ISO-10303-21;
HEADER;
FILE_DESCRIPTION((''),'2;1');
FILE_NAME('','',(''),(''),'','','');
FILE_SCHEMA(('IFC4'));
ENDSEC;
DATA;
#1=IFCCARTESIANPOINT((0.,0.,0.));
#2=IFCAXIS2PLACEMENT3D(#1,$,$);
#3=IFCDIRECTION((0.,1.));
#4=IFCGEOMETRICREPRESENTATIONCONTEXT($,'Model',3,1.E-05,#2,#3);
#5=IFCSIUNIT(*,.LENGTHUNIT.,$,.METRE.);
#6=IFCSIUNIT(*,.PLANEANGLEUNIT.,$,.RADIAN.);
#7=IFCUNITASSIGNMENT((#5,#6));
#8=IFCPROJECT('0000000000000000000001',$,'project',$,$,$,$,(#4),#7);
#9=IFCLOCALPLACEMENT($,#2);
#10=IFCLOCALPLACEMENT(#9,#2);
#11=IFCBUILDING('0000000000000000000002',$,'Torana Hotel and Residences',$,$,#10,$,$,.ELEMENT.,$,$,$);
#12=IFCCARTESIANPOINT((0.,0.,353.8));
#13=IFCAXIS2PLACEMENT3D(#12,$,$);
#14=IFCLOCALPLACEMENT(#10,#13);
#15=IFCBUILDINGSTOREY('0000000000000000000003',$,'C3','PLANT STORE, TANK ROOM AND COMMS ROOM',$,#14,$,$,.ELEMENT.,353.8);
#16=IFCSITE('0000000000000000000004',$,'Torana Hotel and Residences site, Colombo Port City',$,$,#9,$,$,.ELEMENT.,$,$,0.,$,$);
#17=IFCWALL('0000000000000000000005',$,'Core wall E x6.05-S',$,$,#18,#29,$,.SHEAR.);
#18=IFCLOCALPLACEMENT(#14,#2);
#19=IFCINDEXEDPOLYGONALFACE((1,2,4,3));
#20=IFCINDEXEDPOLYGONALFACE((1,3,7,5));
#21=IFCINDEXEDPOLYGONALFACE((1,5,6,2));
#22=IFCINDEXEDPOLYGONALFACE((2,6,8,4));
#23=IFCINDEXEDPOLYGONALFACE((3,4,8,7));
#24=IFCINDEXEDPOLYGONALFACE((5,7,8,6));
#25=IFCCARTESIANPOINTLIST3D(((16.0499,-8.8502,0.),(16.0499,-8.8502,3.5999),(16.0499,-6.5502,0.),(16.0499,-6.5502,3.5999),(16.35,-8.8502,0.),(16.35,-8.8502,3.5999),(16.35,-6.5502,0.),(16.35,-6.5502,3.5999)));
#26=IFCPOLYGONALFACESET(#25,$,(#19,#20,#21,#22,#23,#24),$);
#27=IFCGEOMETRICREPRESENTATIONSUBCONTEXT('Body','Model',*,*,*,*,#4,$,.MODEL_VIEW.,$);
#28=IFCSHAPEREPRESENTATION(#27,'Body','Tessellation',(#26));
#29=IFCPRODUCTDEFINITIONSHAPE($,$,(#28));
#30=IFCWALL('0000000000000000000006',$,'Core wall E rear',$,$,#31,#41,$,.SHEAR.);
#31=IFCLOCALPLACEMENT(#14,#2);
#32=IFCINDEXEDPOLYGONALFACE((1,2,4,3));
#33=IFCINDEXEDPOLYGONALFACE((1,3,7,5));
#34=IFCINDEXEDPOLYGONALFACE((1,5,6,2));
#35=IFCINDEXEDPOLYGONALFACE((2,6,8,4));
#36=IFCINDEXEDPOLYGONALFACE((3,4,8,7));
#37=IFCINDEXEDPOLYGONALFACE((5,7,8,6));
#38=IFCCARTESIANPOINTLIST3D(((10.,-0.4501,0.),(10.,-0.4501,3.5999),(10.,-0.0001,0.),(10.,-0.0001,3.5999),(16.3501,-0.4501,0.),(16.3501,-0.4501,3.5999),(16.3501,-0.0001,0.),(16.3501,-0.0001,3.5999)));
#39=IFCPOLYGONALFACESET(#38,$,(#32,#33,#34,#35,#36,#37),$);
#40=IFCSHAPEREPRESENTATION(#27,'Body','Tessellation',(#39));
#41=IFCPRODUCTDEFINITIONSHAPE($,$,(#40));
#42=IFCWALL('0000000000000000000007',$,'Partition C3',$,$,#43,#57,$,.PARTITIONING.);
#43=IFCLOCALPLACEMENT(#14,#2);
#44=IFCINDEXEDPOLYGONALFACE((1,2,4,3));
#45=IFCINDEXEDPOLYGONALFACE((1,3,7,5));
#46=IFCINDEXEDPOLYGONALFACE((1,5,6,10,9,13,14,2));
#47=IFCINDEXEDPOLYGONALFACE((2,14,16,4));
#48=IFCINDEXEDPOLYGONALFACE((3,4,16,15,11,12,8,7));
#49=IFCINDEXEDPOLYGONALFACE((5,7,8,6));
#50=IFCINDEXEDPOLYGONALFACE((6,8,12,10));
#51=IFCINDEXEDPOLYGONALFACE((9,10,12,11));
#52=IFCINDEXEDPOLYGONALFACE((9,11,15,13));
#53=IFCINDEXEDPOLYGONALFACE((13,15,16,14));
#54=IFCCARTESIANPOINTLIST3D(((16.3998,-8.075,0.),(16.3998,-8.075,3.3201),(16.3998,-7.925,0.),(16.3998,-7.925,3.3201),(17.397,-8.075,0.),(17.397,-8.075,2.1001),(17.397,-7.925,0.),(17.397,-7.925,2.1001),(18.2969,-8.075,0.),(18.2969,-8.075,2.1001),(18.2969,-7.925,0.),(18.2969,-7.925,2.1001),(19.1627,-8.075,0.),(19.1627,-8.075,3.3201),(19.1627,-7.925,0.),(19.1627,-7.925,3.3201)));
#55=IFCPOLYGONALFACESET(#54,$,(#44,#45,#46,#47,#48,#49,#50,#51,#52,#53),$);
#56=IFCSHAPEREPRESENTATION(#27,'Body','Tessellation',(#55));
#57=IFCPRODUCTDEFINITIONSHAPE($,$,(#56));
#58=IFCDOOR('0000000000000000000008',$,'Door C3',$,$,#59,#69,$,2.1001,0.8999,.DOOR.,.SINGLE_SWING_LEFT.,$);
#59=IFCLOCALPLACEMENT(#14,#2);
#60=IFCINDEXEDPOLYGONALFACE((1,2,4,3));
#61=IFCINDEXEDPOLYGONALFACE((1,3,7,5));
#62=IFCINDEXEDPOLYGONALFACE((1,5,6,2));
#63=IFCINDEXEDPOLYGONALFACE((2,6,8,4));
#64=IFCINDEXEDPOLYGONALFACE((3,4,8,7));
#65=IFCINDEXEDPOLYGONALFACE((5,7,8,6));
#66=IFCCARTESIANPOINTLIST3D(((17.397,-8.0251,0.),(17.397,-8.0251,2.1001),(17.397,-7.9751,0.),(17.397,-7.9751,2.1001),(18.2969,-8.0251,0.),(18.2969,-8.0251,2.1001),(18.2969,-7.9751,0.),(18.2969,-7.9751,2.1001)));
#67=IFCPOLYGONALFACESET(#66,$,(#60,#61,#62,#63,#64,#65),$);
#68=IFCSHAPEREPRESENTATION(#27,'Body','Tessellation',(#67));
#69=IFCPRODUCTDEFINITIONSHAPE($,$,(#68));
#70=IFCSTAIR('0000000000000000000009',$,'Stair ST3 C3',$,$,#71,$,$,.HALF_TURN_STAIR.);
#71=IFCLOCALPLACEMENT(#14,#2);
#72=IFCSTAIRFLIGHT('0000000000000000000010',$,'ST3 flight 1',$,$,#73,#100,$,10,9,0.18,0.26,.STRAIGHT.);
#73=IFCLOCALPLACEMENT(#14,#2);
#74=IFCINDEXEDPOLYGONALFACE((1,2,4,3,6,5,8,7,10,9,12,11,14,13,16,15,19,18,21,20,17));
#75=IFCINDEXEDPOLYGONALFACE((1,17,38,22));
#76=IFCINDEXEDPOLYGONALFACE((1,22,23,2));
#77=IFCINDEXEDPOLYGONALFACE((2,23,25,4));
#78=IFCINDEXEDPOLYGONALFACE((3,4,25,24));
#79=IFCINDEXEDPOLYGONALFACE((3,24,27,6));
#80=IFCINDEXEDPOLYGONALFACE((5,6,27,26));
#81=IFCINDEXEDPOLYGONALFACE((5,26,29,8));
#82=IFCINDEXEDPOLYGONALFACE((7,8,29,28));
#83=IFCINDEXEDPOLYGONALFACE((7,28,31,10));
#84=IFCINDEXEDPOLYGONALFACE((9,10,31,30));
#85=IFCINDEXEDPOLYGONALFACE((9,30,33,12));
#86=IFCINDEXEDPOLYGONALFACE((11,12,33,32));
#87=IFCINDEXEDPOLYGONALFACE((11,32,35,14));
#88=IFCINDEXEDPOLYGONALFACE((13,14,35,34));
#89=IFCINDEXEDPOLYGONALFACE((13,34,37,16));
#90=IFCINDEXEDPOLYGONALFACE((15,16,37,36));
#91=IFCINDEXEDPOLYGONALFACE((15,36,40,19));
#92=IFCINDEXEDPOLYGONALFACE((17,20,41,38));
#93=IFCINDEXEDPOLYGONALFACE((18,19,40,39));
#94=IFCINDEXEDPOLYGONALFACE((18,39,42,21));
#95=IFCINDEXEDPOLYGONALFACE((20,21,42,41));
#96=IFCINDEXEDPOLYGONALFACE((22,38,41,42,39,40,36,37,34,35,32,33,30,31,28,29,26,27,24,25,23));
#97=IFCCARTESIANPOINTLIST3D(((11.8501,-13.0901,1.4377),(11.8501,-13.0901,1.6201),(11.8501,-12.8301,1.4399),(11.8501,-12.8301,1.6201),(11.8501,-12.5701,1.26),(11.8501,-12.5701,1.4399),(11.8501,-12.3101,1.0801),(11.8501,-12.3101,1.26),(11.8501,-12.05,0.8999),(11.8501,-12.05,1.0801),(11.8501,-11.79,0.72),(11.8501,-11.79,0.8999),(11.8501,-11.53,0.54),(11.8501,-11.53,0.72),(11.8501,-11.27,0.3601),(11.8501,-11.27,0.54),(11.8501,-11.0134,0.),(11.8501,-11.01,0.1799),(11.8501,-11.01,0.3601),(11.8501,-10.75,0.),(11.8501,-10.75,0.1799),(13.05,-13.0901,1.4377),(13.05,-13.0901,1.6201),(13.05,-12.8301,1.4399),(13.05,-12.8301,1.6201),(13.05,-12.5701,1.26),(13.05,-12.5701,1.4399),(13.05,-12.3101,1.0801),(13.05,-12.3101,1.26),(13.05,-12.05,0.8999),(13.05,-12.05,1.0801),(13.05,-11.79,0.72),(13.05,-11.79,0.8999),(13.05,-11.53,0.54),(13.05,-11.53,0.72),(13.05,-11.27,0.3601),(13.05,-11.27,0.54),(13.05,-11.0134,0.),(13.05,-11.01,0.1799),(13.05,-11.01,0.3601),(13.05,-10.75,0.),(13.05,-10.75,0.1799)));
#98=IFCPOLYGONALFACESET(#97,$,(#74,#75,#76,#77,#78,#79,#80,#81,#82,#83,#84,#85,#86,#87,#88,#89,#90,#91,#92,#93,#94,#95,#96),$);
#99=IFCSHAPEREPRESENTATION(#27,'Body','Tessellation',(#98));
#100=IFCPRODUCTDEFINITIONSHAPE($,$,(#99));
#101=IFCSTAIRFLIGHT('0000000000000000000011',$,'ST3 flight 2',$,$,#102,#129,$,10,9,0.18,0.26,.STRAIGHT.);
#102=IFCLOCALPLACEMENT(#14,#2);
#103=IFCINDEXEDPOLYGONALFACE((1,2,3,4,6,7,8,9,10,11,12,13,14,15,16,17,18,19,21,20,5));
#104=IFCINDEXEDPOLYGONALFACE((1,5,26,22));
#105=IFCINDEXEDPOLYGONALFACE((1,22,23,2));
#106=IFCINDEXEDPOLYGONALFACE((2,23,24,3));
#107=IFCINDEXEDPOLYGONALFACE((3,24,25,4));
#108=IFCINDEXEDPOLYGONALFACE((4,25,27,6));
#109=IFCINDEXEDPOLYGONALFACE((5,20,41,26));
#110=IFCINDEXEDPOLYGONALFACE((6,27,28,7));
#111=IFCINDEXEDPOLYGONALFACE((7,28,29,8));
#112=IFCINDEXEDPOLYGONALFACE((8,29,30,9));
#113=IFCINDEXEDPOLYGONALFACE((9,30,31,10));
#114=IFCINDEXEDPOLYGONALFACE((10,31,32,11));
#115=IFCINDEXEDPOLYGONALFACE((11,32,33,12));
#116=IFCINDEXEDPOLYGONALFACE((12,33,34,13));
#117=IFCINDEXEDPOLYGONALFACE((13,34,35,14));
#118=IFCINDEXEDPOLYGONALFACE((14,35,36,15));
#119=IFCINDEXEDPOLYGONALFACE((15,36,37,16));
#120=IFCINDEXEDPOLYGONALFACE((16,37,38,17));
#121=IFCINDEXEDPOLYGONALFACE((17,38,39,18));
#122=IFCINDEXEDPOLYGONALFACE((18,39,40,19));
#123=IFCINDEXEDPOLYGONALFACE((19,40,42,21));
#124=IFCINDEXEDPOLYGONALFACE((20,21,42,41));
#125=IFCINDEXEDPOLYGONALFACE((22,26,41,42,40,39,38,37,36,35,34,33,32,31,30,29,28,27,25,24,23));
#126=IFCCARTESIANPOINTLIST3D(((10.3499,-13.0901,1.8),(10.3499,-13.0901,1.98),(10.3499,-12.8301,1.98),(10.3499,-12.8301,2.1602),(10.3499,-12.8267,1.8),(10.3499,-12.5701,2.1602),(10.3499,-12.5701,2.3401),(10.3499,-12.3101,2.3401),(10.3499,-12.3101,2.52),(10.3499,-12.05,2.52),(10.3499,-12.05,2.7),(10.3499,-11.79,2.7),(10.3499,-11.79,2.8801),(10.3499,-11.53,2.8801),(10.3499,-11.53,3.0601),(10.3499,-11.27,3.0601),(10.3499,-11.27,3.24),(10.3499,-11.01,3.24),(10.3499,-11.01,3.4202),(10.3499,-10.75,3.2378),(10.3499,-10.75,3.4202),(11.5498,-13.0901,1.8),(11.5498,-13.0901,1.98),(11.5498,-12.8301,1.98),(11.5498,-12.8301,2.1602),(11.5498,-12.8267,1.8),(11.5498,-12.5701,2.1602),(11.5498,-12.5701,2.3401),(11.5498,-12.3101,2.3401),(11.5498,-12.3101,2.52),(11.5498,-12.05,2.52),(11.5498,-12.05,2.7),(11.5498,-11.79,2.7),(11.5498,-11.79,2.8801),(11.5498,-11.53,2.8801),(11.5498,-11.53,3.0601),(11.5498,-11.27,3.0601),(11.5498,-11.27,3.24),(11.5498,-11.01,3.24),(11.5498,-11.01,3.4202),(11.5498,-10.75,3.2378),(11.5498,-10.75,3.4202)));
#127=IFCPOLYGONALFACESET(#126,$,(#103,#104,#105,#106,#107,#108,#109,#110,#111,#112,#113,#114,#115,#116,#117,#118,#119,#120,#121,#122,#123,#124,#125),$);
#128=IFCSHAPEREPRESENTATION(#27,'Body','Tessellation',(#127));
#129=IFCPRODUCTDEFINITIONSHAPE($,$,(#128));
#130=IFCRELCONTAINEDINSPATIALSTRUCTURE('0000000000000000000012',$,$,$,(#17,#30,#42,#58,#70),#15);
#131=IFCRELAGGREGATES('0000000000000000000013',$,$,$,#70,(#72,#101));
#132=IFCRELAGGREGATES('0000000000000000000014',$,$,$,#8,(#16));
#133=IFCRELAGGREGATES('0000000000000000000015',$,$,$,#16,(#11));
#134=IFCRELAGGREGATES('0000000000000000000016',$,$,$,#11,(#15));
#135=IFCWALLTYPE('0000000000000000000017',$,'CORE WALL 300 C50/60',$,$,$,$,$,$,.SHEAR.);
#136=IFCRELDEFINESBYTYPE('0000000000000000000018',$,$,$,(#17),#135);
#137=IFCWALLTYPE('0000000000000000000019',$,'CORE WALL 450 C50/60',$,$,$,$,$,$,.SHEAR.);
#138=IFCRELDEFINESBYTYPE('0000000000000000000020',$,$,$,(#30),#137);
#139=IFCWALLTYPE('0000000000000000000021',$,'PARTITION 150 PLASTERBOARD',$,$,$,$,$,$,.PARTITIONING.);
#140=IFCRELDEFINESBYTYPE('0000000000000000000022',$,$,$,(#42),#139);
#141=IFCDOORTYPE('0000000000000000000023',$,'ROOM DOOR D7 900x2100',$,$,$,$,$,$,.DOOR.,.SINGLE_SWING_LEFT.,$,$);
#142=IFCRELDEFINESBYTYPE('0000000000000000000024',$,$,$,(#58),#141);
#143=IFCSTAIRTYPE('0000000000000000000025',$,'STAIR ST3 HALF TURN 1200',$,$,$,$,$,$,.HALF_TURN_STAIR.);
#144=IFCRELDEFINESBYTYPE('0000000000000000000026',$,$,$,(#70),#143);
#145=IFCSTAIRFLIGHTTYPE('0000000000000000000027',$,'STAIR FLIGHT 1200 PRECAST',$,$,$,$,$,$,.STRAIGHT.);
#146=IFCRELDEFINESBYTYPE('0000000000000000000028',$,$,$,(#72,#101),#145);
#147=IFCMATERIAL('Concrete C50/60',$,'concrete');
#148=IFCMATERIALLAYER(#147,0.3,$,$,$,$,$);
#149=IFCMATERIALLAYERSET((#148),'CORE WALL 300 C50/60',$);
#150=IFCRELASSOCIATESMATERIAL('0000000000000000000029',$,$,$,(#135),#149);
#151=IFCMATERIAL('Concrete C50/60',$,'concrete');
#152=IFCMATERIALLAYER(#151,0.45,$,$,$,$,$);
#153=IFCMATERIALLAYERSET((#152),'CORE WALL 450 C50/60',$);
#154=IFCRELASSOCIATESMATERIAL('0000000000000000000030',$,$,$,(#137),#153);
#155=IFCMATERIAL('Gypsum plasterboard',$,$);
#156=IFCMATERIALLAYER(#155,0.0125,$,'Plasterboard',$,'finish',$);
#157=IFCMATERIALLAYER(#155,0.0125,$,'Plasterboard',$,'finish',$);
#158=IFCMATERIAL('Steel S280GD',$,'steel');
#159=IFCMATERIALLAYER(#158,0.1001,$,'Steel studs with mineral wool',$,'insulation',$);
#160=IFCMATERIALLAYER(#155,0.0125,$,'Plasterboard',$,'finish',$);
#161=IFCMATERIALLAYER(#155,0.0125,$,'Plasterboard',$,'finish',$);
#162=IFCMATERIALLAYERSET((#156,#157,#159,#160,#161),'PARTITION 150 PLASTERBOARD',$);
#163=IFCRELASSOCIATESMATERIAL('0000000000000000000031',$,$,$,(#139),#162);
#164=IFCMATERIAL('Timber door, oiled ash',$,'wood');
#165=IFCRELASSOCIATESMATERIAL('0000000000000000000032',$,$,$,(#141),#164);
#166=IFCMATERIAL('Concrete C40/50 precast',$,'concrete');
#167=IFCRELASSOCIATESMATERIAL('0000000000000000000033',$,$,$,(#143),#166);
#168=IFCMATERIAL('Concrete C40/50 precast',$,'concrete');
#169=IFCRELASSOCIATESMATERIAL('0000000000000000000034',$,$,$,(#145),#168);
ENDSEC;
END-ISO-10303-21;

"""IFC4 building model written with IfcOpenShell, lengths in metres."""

from ifc_helpers import new_model, si_unit, direction, frame, frame_2d, origin, place, context, subcontext, project, spatial, polyline, rectangle, outline, extrude, material, layer, layer_set, type_object, element, fill, aggregate, save


model = new_model("IFC4")

# Units and contexts
model_context = context("Model", 3, precision=1e-05, world=origin(), true_north=direction((0.0, 1.0)))
body_context = subcontext(model_context, "Body", "Model", "MODEL_VIEW")
ifc_project = project(units=[si_unit("LENGTHUNIT", "METRE"), si_unit("PLANEANGLEUNIT", "RADIAN")], contexts=[model_context])

# Site, building, storey
site_placement = place(None, origin())
site = spatial("IfcSite", under=ifc_project, at=site_placement, Name="Torana Hotel and Residences site, Colombo Port City", CompositionType="ELEMENT", RefElevation=0.0)
building_placement = place(site_placement, origin())
building = spatial("IfcBuilding", under=site, at=building_placement, Name="Torana Hotel and Residences", CompositionType="ELEMENT")
storey_placement = place(building_placement, frame((0.0, 0.0, 353.8)))
storey = spatial("IfcBuildingStorey", under=building, at=storey_placement, Name="C3", Description="PLANT STORE, TANK ROOM AND COMMS ROOM", CompositionType="ELEMENT", Elevation=353.8)

# Shared definitions
ifc_material_1 = material(Name="Concrete C50/60", Category="concrete")
ifc_layer_1 = layer(ifc_material_1, 0.3)
ifc_layer_set_1 = layer_set([ifc_layer_1], Name="CORE WALL 300 C50/60")
wall_type_1 = type_object("IfcWallType", Name="CORE WALL 300 C50/60", PredefinedType="SHEAR", material=ifc_layer_set_1)

# Walls
for number, where, z_axis, x_axis, name in (
    (1, (16.2, -8.8501, 0.0), (0.0, 0.0, 1.0), (0.0, 1.0, 0.0), "Core wall E x6.05-S"),
):
    element("IfcWall", number, at=place(storey_placement, frame(where, z_axis=z_axis, x_axis=x_axis)), inside=storey, type_object=wall_type_1, Name=name, PredefinedType="SHEAR", context=body_context, shape_type="SweptSolid", body=[
        extrude(rectangle(XDim=2.3, YDim=0.3, at=frame_2d((1.1499, 0.0))), origin(), (0.0, 0.0, 1.0), 3.5999),
    ])
ifc_material_2 = material(Name="Concrete C50/60", Category="concrete")
ifc_layer_2 = layer(ifc_material_2, 0.45)
ifc_layer_set_2 = layer_set([ifc_layer_2], Name="CORE WALL 450 C50/60")
wall_type_2 = type_object("IfcWallType", Name="CORE WALL 450 C50/60", PredefinedType="SHEAR", material=ifc_layer_set_2)
wall_1_placement = place(storey_placement, frame((10.0, -0.2251, 0.0), z_axis=(0.0, 0.0, 1.0), x_axis=(1.0, 0.0, 0.0)))
element("IfcWall", 2, at=wall_1_placement, inside=storey, type_object=wall_type_2, Name="Core wall E rear", PredefinedType="SHEAR", context=body_context, shape_type="SweptSolid", body=[
    extrude(rectangle(XDim=6.3501, YDim=0.45, at=frame_2d((3.175, 0.0))), origin(), (0.0, 0.0, 1.0), 3.5999),
])

# Wall, opening, door
ifc_material_3 = material(Name="Gypsum plasterboard")
ifc_layer_3 = layer(ifc_material_3, 0.0125, Name="Plasterboard", Category="finish")
ifc_layer_4 = layer(ifc_material_3, 0.0125, Name="Plasterboard", Category="finish")
ifc_material_4 = material(Name="Steel S280GD", Category="steel")
ifc_layer_5 = layer(ifc_material_4, 0.1001, Name="Steel studs with mineral wool", Category="insulation")
ifc_layer_6 = layer(ifc_material_3, 0.0125, Name="Plasterboard", Category="finish")
ifc_layer_7 = layer(ifc_material_3, 0.0125, Name="Plasterboard", Category="finish")
ifc_layer_set_3 = layer_set([ifc_layer_3, ifc_layer_4, ifc_layer_5, ifc_layer_6, ifc_layer_7], Name="PARTITION 150 PLASTERBOARD")
wall_type_3 = type_object("IfcWallType", Name="PARTITION 150 PLASTERBOARD", PredefinedType="PARTITIONING", material=ifc_layer_set_3)
wall_2_placement = place(storey_placement, frame((16.3999, -8.0, 0.0), z_axis=(0.0, 0.0, 1.0), x_axis=(1.0, 0.0, 0.0)))
wall_2 = element("IfcWall", 3, at=wall_2_placement, inside=storey, type_object=wall_type_3, Name="Partition C3", PredefinedType="PARTITIONING", context=body_context, shape_type="SweptSolid", body=[
    extrude(rectangle(XDim=2.7629, YDim=0.1499, at=frame_2d((1.3813, 0.0))), origin(), (0.0, 0.0, 1.0), 3.3201),
])
opening_1_placement = place(wall_2_placement, frame((0.9971, 0.0, 0.0)))
opening_1 = element("IfcOpeningElement", 4, at=opening_1_placement, cuts=wall_2, PredefinedType="OPENING", context=body_context, shape_type="SweptSolid", body=[
    extrude(rectangle(XDim=0.8999, YDim=2.1001, at=frame_2d((0.45, 1.05))), frame((0.0, 0.085, 0.0), z_axis=(0.0, -1.0, 0.0), x_axis=(1.0, 0.0, 0.0)), (0.0, 0.0, 1.0), 0.1699),
])
ifc_material_5 = material(Name="Timber door, oiled ash", Category="wood")
door_type_1 = type_object("IfcDoorType", Name="ROOM DOOR D7 900x2100", OperationType="SINGLE_SWING_LEFT", PredefinedType="DOOR", material=ifc_material_5)
door_1_placement = place(opening_1_placement, origin())
door_1 = element("IfcDoor", 5, at=door_1_placement, inside=storey, type_object=door_type_1, Name="Door C3", OperationType="SINGLE_SWING_LEFT", OverallHeight=2.1001, OverallWidth=0.8999, PredefinedType="DOOR", context=body_context, shape_type="SweptSolid", body=[
    extrude(rectangle(XDim=0.8999, YDim=2.1001, at=frame_2d((0.45, 1.05))), frame((0.0, 0.0249, 0.0), z_axis=(0.0, -1.0, 0.0), x_axis=(1.0, 0.0, 0.0)), (0.0, 0.0, 1.0), 0.05),
])
fill(opening_1, door_1)

# Stair, stair flights
ifc_material_6 = material(Name="Concrete C40/50 precast", Category="concrete")
stair_type_1 = type_object("IfcStairType", Name="STAIR ST3 HALF TURN 1200", PredefinedType="HALF_TURN_STAIR", material=ifc_material_6)
stair_1_placement = place(storey_placement, origin())
stair_1 = element("IfcStair", 6, at=stair_1_placement, inside=storey, type_object=stair_type_1, Name="Stair ST3 C3", PredefinedType="HALF_TURN_STAIR")
ifc_material_7 = material(Name="Concrete C40/50 precast", Category="concrete")
stair_flight_type = type_object("IfcStairFlightType", Name="STAIR FLIGHT 1200 PRECAST", PredefinedType="STRAIGHT", material=ifc_material_7)
stair_flight_1_placement = place(storey_placement, frame((12.45, -10.75, 0.0), z_axis=(0.0, 0.0, 1.0), x_axis=(0.0, -1.0, 0.0)))
stair_flight_1 = element("IfcStairFlight", 7, at=stair_flight_1_placement, type_object=stair_flight_type, Name="ST3 flight 1", NumberOfRisers=10, NumberOfTreads=9, PredefinedType="STRAIGHT", RiserHeight=0.18, TreadLength=0.26, context=body_context, shape_type="SweptSolid", body=[
    extrude(outline(polyline([(0.0, 0.0), (0.0, 0.1799), (0.26, 0.1799), (0.26, 0.3601), (0.52, 0.3601), (0.52, 0.54), (0.78, 0.54), (0.78, 0.72), (1.04, 0.72), (1.04, 0.8999), (1.3, 0.8999), (1.3, 1.0801), (1.5601, 1.0801), (1.5601, 1.26), (1.8201, 1.26), (1.8201, 1.4399), (2.0801, 1.4399), (2.0801, 1.6201), (2.3401, 1.6201), (2.3401, 1.8), (2.3401, 1.4377), (0.2634, 0.0), (0.0, 0.0)])), frame((0.0, 0.6001, 0.0), z_axis=(0.0, -1.0, 0.0), x_axis=(1.0, 0.0, 0.0)), (0.0, 0.0, 1.0), 1.2),
])
stair_flight_2_placement = place(storey_placement, frame((10.95, -13.0901, 1.8), z_axis=(0.0, 0.0, 1.0), x_axis=(0.0, 1.0, 0.0)))
stair_flight_2 = element("IfcStairFlight", 8, at=stair_flight_2_placement, type_object=stair_flight_type, Name="ST3 flight 2", NumberOfRisers=10, NumberOfTreads=9, PredefinedType="STRAIGHT", RiserHeight=0.18, TreadLength=0.26, context=body_context, shape_type="SweptSolid", body=[
    extrude(outline(polyline([(0.0, 0.0), (0.0, 0.1799), (0.26, 0.1799), (0.26, 0.3601), (0.52, 0.3601), (0.52, 0.54), (0.78, 0.54), (0.78, 0.72), (1.04, 0.72), (1.04, 0.8999), (1.3, 0.8999), (1.3, 1.0801), (1.5601, 1.0801), (1.5601, 1.26), (1.8201, 1.26), (1.8201, 1.4399), (2.0801, 1.4399), (2.0801, 1.6201), (2.3401, 1.6201), (2.3401, 1.8), (2.3401, 1.4377), (0.2634, 0.0), (0.0, 0.0)])), frame((0.0, 0.6001, 0.0), z_axis=(0.0, -1.0, 0.0), x_axis=(1.0, 0.0, 0.0)), (0.0, 0.0, 1.0), 1.2),
])
aggregate(stair_1, [stair_flight_1, stair_flight_2])

save(model, "model.ifc")
